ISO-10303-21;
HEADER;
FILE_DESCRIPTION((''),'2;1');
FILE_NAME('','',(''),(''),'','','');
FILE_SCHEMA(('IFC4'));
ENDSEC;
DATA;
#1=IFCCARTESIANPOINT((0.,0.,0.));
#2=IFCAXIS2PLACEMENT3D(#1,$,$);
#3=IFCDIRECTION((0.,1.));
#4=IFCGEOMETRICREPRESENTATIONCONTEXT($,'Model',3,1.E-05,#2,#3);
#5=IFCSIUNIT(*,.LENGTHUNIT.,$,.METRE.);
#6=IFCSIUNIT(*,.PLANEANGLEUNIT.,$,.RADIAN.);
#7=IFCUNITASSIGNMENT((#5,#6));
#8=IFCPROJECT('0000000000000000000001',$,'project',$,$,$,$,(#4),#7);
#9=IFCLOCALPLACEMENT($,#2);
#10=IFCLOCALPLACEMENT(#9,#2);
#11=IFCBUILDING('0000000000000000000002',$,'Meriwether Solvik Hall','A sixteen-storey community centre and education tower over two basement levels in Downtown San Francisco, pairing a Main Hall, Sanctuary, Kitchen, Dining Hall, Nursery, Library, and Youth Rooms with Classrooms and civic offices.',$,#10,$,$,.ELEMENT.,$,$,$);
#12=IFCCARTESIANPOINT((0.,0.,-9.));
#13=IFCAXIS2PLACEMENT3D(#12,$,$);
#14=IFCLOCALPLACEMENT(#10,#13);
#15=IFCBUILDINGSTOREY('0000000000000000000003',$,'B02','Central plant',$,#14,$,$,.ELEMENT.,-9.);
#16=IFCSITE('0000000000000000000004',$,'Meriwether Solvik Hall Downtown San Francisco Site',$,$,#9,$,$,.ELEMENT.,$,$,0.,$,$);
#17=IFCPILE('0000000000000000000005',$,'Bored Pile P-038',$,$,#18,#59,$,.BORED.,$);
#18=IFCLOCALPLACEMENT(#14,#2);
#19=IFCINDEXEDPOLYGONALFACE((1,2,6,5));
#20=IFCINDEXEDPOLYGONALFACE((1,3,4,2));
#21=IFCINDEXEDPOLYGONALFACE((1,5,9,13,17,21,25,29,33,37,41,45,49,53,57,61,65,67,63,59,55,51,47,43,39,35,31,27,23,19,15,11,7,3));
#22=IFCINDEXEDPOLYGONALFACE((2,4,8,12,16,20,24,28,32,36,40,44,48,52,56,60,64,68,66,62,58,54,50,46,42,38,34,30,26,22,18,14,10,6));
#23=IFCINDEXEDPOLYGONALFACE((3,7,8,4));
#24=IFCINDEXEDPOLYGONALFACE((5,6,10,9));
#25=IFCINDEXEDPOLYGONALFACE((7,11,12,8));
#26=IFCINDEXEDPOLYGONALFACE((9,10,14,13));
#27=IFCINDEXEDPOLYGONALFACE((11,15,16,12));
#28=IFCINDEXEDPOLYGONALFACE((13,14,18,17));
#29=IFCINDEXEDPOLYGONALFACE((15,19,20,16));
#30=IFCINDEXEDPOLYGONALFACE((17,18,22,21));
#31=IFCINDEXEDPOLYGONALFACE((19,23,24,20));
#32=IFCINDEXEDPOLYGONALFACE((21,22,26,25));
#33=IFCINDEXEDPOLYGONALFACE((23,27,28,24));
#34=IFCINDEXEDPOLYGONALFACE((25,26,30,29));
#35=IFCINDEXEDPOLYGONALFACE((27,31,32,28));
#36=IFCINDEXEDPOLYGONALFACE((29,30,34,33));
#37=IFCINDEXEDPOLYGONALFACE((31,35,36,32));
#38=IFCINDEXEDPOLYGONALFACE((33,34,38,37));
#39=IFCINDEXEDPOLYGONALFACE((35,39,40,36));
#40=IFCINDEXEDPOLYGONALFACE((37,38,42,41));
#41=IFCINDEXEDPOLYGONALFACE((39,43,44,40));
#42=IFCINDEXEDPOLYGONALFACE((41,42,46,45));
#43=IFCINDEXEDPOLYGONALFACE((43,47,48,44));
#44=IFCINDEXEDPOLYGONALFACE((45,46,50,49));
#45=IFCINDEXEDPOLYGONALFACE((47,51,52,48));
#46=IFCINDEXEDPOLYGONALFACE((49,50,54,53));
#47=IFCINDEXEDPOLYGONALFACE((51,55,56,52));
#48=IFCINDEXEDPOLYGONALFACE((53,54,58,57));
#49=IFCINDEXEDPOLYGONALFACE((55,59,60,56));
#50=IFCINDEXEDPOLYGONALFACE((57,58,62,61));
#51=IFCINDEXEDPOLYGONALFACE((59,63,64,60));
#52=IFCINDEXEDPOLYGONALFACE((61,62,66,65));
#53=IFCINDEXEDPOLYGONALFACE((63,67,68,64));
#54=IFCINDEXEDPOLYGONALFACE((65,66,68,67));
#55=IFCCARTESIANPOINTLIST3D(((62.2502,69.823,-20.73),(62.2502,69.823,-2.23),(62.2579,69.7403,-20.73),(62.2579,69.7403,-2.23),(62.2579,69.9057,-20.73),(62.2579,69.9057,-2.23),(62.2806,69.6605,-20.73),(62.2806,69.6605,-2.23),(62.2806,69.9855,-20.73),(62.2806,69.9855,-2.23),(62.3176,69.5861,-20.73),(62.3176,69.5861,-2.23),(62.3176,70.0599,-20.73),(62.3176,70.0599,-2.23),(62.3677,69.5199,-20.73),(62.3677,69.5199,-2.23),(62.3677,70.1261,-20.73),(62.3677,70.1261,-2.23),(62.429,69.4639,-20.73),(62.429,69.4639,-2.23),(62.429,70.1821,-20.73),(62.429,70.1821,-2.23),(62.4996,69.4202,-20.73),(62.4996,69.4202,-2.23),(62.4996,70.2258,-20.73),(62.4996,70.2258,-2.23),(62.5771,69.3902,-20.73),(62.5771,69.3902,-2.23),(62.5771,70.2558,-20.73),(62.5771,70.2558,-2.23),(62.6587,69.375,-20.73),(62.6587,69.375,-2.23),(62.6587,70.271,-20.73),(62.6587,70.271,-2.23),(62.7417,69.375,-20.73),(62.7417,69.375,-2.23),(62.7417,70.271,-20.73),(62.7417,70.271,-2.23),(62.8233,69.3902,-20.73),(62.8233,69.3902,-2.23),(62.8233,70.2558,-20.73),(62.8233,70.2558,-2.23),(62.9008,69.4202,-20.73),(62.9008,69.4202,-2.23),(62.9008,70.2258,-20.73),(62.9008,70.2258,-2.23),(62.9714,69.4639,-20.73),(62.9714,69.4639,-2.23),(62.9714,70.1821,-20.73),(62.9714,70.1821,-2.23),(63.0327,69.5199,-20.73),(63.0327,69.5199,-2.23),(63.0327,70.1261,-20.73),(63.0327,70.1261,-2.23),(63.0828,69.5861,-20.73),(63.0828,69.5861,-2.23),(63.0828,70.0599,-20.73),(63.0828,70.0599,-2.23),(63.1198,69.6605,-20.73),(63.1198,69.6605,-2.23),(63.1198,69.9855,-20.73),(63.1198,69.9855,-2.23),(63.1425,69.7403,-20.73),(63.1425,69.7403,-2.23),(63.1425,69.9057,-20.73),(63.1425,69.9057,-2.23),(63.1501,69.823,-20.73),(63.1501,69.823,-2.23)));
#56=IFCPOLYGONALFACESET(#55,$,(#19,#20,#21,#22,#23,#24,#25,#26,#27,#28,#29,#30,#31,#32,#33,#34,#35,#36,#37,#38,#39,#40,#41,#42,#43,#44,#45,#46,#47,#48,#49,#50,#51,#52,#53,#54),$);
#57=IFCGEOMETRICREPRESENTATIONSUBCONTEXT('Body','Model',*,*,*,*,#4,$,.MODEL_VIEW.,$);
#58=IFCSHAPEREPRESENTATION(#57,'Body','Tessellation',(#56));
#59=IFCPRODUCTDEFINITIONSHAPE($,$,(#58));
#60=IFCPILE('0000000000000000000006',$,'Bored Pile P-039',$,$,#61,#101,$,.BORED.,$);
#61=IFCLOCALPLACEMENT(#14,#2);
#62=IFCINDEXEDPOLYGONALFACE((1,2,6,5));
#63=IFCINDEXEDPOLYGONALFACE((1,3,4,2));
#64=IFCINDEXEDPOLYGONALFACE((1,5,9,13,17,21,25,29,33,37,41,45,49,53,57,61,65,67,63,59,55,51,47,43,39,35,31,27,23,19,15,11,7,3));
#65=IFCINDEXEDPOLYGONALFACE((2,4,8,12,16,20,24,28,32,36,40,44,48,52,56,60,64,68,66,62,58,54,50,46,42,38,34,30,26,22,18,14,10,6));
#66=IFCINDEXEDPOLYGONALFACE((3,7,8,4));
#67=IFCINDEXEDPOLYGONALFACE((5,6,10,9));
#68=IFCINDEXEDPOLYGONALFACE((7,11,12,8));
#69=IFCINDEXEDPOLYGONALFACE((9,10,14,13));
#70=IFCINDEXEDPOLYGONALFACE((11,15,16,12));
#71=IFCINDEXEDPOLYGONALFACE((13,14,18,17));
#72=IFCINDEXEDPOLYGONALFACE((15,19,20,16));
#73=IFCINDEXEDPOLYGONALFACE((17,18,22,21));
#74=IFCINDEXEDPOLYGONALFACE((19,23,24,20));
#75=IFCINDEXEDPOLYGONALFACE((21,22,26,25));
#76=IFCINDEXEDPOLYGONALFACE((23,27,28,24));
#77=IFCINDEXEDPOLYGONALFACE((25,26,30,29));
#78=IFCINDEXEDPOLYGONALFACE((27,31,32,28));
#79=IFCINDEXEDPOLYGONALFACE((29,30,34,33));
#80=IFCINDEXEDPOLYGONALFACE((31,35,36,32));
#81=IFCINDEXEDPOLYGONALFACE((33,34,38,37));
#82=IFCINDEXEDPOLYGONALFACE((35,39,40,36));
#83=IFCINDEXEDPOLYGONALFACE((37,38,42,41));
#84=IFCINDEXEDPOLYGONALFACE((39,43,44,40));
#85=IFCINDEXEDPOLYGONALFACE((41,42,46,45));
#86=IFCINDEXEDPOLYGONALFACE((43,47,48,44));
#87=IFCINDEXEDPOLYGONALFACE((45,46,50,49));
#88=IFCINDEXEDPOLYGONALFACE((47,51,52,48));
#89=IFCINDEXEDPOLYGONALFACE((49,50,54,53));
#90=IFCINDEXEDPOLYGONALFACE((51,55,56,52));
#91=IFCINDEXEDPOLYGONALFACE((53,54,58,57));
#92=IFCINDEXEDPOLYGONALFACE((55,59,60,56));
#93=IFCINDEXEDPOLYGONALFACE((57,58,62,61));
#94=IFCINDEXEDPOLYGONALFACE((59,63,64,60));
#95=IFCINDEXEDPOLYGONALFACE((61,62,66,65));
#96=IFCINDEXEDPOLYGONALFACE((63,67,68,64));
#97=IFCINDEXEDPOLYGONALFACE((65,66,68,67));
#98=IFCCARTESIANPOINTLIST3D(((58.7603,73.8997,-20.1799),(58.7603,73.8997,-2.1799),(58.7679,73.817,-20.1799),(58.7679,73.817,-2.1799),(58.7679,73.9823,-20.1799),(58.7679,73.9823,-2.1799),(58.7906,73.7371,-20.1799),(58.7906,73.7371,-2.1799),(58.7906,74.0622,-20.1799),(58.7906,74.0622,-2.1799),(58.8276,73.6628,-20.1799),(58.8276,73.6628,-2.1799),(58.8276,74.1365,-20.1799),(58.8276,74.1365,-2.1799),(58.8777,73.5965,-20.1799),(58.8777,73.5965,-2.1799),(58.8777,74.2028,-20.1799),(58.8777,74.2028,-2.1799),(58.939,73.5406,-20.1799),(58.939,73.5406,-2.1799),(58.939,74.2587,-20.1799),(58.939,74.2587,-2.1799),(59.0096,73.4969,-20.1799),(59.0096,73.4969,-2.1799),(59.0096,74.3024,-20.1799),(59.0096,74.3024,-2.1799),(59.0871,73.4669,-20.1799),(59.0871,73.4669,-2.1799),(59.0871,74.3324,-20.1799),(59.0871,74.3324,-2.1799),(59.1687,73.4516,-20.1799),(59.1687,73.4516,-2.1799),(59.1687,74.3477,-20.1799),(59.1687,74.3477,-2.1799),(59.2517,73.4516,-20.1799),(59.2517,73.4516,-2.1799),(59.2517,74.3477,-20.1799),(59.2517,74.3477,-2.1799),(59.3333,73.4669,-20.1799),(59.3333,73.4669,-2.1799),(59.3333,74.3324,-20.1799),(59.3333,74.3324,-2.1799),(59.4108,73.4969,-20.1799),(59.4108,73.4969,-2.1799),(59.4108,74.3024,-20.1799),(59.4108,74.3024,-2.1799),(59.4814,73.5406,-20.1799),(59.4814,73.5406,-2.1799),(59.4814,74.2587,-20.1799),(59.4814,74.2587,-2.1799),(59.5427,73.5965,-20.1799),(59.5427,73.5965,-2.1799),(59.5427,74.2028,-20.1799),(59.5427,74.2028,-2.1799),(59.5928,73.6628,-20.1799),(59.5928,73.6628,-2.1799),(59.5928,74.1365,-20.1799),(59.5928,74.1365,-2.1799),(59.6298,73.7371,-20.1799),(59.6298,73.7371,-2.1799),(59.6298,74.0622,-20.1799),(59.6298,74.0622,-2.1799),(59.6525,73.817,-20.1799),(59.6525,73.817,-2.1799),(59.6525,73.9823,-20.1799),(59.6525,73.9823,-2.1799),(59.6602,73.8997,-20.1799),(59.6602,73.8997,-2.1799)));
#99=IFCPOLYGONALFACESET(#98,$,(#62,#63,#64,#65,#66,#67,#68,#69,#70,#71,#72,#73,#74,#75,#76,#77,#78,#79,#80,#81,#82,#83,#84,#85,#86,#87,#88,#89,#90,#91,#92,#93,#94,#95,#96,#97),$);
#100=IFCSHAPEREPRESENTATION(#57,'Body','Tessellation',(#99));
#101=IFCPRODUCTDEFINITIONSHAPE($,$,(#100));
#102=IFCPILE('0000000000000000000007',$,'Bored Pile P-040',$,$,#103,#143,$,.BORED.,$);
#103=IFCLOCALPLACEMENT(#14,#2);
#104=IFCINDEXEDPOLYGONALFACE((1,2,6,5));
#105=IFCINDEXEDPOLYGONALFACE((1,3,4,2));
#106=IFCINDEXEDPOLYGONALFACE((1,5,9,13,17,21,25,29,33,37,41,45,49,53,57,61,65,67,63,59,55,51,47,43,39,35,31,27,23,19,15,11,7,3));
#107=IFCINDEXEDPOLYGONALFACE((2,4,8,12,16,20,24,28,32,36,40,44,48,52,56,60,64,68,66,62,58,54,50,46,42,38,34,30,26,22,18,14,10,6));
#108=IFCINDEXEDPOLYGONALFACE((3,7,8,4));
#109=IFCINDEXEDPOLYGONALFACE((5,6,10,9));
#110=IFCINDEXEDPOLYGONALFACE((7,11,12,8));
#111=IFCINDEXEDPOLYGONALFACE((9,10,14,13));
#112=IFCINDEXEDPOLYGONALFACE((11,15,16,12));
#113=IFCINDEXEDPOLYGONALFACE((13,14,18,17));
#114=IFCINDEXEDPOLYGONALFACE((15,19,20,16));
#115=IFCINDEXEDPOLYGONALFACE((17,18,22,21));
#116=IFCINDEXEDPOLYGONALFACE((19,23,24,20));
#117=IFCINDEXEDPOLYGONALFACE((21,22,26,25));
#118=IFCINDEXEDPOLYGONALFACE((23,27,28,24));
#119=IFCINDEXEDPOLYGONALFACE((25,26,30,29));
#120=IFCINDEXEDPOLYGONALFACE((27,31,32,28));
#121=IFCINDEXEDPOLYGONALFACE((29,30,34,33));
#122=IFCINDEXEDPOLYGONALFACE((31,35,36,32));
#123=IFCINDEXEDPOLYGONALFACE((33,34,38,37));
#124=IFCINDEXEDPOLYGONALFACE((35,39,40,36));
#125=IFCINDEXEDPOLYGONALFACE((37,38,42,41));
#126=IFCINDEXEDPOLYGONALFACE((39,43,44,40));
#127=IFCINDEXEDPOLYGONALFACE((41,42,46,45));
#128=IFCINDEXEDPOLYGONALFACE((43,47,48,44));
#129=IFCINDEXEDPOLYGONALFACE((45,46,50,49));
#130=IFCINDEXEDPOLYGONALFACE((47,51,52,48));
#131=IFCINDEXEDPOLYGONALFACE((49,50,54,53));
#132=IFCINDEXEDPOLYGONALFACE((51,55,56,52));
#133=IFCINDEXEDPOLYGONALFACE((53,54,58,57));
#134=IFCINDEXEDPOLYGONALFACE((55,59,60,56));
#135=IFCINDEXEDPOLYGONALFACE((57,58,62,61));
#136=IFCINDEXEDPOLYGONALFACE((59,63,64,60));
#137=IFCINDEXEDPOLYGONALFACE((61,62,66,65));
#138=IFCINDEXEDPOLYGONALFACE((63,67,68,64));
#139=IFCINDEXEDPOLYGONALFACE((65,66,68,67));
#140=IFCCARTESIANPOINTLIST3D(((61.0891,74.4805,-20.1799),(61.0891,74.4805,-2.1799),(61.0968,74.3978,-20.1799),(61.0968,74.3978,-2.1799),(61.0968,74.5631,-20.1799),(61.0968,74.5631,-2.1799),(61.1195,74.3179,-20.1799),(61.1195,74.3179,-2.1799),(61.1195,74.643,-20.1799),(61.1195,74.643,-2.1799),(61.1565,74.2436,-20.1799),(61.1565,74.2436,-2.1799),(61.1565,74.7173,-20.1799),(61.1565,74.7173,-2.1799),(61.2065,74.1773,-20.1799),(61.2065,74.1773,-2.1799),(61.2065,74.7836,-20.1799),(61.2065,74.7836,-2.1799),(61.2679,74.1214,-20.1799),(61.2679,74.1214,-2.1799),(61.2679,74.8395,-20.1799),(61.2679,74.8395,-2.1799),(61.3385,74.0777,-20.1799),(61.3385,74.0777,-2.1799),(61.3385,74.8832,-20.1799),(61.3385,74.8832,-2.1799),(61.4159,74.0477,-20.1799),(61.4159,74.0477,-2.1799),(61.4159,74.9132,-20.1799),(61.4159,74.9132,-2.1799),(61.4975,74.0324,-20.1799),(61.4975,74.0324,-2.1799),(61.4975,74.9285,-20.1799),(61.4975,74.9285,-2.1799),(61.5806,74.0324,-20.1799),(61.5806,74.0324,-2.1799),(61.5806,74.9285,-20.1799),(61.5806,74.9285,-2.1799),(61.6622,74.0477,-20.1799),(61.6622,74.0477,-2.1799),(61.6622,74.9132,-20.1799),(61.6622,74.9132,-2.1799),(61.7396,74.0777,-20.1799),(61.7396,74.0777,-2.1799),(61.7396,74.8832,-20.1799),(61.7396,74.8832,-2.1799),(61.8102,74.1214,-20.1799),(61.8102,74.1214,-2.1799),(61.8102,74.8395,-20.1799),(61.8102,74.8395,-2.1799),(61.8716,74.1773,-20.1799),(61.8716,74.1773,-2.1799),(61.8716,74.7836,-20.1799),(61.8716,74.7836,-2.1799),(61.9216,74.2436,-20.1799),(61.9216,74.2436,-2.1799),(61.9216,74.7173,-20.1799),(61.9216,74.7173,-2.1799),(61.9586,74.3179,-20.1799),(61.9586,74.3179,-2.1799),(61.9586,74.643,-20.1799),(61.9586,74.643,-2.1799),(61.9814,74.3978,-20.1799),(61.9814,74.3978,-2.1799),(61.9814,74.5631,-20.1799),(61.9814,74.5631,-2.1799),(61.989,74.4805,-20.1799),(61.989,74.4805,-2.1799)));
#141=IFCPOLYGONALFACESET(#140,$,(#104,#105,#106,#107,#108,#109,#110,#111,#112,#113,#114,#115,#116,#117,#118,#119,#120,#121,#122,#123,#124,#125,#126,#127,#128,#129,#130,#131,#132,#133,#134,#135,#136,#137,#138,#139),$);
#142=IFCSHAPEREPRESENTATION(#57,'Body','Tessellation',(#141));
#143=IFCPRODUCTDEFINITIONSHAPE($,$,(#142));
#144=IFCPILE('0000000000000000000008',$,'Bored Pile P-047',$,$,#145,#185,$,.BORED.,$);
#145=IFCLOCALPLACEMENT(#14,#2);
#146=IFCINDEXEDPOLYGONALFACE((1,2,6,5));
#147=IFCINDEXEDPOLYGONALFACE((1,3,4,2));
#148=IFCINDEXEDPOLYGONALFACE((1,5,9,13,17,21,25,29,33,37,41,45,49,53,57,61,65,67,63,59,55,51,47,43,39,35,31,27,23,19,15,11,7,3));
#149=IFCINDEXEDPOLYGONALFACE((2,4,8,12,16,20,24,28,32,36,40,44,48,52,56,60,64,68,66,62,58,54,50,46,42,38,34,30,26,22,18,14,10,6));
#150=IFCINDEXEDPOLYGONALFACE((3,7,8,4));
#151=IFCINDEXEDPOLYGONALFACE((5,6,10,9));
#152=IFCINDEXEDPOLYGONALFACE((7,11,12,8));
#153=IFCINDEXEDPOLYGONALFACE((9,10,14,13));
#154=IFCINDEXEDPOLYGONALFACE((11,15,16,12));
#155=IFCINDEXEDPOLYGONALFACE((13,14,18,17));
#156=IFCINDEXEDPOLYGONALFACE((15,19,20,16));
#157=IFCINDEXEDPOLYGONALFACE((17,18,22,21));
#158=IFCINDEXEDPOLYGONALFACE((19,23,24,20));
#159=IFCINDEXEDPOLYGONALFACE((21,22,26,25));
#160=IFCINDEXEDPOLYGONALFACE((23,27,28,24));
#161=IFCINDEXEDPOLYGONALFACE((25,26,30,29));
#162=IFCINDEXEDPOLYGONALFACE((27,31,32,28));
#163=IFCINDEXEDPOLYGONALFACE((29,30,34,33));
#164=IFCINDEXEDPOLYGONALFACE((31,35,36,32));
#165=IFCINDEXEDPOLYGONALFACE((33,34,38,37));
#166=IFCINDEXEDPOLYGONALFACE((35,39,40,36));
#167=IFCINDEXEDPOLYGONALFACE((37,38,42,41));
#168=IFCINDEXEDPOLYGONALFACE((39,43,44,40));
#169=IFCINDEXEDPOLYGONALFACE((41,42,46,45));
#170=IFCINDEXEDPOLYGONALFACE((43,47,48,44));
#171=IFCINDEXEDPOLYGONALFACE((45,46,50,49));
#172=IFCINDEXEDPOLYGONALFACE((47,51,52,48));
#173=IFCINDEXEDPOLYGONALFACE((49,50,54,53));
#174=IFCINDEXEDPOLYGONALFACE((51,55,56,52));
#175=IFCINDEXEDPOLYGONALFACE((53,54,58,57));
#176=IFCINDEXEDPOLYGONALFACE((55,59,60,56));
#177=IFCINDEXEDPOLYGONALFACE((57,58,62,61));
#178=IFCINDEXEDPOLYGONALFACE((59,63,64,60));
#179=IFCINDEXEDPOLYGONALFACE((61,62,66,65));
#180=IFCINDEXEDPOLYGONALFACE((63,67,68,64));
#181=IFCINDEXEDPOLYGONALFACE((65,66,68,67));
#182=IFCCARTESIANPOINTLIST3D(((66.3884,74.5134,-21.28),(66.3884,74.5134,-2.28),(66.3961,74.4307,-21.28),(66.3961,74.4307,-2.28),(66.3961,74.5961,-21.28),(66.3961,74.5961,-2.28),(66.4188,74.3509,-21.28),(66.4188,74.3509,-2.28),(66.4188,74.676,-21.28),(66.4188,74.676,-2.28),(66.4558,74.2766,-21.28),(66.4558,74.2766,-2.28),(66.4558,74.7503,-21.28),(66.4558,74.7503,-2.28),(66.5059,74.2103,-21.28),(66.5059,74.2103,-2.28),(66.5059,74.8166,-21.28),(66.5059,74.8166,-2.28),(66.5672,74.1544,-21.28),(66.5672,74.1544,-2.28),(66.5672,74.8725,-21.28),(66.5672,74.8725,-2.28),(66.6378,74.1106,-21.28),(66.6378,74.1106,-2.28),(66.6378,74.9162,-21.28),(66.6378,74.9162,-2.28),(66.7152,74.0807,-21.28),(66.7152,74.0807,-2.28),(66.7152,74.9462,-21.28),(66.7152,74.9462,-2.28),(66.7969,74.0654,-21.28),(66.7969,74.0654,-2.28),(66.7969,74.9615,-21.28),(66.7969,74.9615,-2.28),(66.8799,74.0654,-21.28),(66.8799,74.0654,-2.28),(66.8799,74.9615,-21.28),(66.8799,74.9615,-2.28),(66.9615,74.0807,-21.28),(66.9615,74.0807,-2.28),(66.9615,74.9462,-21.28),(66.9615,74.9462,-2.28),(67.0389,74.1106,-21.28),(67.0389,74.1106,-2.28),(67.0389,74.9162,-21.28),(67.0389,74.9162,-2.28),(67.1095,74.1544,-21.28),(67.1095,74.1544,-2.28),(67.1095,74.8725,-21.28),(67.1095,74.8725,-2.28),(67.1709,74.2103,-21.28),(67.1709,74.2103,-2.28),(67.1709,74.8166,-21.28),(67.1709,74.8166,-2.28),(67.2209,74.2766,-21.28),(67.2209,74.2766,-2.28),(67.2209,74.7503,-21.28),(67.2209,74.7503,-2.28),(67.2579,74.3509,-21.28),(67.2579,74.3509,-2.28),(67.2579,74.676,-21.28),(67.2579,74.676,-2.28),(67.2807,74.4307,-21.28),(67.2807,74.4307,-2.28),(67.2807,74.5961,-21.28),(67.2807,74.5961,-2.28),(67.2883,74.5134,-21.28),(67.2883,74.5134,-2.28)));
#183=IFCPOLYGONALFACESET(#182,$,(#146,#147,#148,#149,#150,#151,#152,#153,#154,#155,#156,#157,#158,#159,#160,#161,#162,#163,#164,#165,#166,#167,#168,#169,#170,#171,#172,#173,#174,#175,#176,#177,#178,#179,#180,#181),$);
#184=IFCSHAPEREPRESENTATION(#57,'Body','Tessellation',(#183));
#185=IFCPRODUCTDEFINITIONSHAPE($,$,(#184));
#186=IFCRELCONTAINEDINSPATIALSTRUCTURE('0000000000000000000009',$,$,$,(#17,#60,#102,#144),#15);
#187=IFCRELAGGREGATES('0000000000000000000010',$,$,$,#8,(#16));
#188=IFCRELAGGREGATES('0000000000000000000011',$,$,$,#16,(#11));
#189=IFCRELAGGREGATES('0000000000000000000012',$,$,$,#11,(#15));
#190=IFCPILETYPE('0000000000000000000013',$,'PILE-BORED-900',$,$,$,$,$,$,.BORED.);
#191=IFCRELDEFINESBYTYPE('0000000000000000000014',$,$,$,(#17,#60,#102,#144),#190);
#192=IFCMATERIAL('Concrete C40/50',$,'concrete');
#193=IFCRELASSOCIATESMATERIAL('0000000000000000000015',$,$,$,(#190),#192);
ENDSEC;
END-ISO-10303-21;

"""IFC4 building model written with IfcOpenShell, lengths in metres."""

from ifc_helpers import new_model, si_unit, direction, frame, origin, origin_2d, place, context, subcontext, project, spatial, circle, extrude, material, material_profile, profile_set, type_object, element, save


model = new_model("IFC4")

# Units and contexts
model_context = context("Model", 3, precision=1e-05, world=origin(), true_north=direction((0.0, 1.0)))
body_context = subcontext(model_context, "Body", "Model", "MODEL_VIEW")
ifc_project = project(units=[si_unit("LENGTHUNIT", "METRE"), si_unit("PLANEANGLEUNIT", "RADIAN")], contexts=[model_context])

# Site, building, storey
site_placement = place(None, origin())
site = spatial("IfcSite", under=ifc_project, at=site_placement, Name="Meriwether Solvik Hall Downtown San Francisco Site", CompositionType="ELEMENT", RefElevation=0.0)
building_placement = place(site_placement, origin())
building = spatial("IfcBuilding", under=site, at=building_placement, Name="Meriwether Solvik Hall", Description="A sixteen-storey community centre and education tower over two basement levels in Downtown San Francisco, pairing a Main Hall, Sanctuary, Kitchen, Dining Hall, Nursery, Library, and Youth Rooms with Classrooms and civic offices.", CompositionType="ELEMENT")
storey_placement = place(building_placement, frame((0.0, 0.0, -9.0)))
storey = spatial("IfcBuildingStorey", under=building, at=storey_placement, Name="B02", Description="Central plant", CompositionType="ELEMENT", Elevation=-9.0)

# Piles
ifc_material_1 = material(Name="Concrete C40/50", Category="concrete")
ifc_material_profile_1 = material_profile(ifc_material_1, circle(Radius=0.45, at=origin_2d()), Name="PILE-D900")
ifc_profile_set_1 = profile_set([ifc_material_profile_1], Name="Concrete C40/50")
pile_type_1 = type_object("IfcPileType", Name="PILE-BORED-900", PredefinedType="BORED", material=ifc_profile_set_1)
for number, where, z_axis, x_axis, name in (
    (1, (62.7002, 69.823, -2.23), (0.0, 0.0, -1.0), (1.0, 0.0, 0.0), "Bored Pile P-038"),
):
    element("IfcPile", number, at=place(storey_placement, frame(where, z_axis=z_axis, x_axis=x_axis)), inside=storey, type_object=pile_type_1, Name=name, PredefinedType="BORED", context=body_context, shape_type="SweptSolid", body=[
        extrude(circle(Radius=0.45, at=origin_2d()), origin(), (0.0, 0.0, 1.0), 18.5),
    ])
for number, where, z_axis, x_axis, name in (
    (2, (59.2102, 73.8997, -2.1799), (0.0, 0.0, -1.0), (1.0, 0.0, 0.0), "Bored Pile P-039"),
    (3, (61.5391, 74.4805, -2.1799), (0.0, 0.0, -1.0), (1.0, 0.0, 0.0), "Bored Pile P-040"),
):
    element("IfcPile", number, at=place(storey_placement, frame(where, z_axis=z_axis, x_axis=x_axis)), inside=storey, type_object=pile_type_1, Name=name, PredefinedType="BORED", context=body_context, shape_type="SweptSolid", body=[
        extrude(circle(Radius=0.45, at=origin_2d()), origin(), (0.0, 0.0, 1.0), 18.0),
    ])
for number, where, z_axis, x_axis, name in (
    (4, (66.8384, 74.5134, -2.28), (0.0, 0.0, -1.0), (1.0, 0.0, 0.0), "Bored Pile P-047"),
):
    element("IfcPile", number, at=place(storey_placement, frame(where, z_axis=z_axis, x_axis=x_axis)), inside=storey, type_object=pile_type_1, Name=name, PredefinedType="BORED", context=body_context, shape_type="SweptSolid", body=[
        extrude(circle(Radius=0.45, at=origin_2d()), origin(), (0.0, 0.0, 1.0), 19.0),
    ])

save(model, "model.ifc")
